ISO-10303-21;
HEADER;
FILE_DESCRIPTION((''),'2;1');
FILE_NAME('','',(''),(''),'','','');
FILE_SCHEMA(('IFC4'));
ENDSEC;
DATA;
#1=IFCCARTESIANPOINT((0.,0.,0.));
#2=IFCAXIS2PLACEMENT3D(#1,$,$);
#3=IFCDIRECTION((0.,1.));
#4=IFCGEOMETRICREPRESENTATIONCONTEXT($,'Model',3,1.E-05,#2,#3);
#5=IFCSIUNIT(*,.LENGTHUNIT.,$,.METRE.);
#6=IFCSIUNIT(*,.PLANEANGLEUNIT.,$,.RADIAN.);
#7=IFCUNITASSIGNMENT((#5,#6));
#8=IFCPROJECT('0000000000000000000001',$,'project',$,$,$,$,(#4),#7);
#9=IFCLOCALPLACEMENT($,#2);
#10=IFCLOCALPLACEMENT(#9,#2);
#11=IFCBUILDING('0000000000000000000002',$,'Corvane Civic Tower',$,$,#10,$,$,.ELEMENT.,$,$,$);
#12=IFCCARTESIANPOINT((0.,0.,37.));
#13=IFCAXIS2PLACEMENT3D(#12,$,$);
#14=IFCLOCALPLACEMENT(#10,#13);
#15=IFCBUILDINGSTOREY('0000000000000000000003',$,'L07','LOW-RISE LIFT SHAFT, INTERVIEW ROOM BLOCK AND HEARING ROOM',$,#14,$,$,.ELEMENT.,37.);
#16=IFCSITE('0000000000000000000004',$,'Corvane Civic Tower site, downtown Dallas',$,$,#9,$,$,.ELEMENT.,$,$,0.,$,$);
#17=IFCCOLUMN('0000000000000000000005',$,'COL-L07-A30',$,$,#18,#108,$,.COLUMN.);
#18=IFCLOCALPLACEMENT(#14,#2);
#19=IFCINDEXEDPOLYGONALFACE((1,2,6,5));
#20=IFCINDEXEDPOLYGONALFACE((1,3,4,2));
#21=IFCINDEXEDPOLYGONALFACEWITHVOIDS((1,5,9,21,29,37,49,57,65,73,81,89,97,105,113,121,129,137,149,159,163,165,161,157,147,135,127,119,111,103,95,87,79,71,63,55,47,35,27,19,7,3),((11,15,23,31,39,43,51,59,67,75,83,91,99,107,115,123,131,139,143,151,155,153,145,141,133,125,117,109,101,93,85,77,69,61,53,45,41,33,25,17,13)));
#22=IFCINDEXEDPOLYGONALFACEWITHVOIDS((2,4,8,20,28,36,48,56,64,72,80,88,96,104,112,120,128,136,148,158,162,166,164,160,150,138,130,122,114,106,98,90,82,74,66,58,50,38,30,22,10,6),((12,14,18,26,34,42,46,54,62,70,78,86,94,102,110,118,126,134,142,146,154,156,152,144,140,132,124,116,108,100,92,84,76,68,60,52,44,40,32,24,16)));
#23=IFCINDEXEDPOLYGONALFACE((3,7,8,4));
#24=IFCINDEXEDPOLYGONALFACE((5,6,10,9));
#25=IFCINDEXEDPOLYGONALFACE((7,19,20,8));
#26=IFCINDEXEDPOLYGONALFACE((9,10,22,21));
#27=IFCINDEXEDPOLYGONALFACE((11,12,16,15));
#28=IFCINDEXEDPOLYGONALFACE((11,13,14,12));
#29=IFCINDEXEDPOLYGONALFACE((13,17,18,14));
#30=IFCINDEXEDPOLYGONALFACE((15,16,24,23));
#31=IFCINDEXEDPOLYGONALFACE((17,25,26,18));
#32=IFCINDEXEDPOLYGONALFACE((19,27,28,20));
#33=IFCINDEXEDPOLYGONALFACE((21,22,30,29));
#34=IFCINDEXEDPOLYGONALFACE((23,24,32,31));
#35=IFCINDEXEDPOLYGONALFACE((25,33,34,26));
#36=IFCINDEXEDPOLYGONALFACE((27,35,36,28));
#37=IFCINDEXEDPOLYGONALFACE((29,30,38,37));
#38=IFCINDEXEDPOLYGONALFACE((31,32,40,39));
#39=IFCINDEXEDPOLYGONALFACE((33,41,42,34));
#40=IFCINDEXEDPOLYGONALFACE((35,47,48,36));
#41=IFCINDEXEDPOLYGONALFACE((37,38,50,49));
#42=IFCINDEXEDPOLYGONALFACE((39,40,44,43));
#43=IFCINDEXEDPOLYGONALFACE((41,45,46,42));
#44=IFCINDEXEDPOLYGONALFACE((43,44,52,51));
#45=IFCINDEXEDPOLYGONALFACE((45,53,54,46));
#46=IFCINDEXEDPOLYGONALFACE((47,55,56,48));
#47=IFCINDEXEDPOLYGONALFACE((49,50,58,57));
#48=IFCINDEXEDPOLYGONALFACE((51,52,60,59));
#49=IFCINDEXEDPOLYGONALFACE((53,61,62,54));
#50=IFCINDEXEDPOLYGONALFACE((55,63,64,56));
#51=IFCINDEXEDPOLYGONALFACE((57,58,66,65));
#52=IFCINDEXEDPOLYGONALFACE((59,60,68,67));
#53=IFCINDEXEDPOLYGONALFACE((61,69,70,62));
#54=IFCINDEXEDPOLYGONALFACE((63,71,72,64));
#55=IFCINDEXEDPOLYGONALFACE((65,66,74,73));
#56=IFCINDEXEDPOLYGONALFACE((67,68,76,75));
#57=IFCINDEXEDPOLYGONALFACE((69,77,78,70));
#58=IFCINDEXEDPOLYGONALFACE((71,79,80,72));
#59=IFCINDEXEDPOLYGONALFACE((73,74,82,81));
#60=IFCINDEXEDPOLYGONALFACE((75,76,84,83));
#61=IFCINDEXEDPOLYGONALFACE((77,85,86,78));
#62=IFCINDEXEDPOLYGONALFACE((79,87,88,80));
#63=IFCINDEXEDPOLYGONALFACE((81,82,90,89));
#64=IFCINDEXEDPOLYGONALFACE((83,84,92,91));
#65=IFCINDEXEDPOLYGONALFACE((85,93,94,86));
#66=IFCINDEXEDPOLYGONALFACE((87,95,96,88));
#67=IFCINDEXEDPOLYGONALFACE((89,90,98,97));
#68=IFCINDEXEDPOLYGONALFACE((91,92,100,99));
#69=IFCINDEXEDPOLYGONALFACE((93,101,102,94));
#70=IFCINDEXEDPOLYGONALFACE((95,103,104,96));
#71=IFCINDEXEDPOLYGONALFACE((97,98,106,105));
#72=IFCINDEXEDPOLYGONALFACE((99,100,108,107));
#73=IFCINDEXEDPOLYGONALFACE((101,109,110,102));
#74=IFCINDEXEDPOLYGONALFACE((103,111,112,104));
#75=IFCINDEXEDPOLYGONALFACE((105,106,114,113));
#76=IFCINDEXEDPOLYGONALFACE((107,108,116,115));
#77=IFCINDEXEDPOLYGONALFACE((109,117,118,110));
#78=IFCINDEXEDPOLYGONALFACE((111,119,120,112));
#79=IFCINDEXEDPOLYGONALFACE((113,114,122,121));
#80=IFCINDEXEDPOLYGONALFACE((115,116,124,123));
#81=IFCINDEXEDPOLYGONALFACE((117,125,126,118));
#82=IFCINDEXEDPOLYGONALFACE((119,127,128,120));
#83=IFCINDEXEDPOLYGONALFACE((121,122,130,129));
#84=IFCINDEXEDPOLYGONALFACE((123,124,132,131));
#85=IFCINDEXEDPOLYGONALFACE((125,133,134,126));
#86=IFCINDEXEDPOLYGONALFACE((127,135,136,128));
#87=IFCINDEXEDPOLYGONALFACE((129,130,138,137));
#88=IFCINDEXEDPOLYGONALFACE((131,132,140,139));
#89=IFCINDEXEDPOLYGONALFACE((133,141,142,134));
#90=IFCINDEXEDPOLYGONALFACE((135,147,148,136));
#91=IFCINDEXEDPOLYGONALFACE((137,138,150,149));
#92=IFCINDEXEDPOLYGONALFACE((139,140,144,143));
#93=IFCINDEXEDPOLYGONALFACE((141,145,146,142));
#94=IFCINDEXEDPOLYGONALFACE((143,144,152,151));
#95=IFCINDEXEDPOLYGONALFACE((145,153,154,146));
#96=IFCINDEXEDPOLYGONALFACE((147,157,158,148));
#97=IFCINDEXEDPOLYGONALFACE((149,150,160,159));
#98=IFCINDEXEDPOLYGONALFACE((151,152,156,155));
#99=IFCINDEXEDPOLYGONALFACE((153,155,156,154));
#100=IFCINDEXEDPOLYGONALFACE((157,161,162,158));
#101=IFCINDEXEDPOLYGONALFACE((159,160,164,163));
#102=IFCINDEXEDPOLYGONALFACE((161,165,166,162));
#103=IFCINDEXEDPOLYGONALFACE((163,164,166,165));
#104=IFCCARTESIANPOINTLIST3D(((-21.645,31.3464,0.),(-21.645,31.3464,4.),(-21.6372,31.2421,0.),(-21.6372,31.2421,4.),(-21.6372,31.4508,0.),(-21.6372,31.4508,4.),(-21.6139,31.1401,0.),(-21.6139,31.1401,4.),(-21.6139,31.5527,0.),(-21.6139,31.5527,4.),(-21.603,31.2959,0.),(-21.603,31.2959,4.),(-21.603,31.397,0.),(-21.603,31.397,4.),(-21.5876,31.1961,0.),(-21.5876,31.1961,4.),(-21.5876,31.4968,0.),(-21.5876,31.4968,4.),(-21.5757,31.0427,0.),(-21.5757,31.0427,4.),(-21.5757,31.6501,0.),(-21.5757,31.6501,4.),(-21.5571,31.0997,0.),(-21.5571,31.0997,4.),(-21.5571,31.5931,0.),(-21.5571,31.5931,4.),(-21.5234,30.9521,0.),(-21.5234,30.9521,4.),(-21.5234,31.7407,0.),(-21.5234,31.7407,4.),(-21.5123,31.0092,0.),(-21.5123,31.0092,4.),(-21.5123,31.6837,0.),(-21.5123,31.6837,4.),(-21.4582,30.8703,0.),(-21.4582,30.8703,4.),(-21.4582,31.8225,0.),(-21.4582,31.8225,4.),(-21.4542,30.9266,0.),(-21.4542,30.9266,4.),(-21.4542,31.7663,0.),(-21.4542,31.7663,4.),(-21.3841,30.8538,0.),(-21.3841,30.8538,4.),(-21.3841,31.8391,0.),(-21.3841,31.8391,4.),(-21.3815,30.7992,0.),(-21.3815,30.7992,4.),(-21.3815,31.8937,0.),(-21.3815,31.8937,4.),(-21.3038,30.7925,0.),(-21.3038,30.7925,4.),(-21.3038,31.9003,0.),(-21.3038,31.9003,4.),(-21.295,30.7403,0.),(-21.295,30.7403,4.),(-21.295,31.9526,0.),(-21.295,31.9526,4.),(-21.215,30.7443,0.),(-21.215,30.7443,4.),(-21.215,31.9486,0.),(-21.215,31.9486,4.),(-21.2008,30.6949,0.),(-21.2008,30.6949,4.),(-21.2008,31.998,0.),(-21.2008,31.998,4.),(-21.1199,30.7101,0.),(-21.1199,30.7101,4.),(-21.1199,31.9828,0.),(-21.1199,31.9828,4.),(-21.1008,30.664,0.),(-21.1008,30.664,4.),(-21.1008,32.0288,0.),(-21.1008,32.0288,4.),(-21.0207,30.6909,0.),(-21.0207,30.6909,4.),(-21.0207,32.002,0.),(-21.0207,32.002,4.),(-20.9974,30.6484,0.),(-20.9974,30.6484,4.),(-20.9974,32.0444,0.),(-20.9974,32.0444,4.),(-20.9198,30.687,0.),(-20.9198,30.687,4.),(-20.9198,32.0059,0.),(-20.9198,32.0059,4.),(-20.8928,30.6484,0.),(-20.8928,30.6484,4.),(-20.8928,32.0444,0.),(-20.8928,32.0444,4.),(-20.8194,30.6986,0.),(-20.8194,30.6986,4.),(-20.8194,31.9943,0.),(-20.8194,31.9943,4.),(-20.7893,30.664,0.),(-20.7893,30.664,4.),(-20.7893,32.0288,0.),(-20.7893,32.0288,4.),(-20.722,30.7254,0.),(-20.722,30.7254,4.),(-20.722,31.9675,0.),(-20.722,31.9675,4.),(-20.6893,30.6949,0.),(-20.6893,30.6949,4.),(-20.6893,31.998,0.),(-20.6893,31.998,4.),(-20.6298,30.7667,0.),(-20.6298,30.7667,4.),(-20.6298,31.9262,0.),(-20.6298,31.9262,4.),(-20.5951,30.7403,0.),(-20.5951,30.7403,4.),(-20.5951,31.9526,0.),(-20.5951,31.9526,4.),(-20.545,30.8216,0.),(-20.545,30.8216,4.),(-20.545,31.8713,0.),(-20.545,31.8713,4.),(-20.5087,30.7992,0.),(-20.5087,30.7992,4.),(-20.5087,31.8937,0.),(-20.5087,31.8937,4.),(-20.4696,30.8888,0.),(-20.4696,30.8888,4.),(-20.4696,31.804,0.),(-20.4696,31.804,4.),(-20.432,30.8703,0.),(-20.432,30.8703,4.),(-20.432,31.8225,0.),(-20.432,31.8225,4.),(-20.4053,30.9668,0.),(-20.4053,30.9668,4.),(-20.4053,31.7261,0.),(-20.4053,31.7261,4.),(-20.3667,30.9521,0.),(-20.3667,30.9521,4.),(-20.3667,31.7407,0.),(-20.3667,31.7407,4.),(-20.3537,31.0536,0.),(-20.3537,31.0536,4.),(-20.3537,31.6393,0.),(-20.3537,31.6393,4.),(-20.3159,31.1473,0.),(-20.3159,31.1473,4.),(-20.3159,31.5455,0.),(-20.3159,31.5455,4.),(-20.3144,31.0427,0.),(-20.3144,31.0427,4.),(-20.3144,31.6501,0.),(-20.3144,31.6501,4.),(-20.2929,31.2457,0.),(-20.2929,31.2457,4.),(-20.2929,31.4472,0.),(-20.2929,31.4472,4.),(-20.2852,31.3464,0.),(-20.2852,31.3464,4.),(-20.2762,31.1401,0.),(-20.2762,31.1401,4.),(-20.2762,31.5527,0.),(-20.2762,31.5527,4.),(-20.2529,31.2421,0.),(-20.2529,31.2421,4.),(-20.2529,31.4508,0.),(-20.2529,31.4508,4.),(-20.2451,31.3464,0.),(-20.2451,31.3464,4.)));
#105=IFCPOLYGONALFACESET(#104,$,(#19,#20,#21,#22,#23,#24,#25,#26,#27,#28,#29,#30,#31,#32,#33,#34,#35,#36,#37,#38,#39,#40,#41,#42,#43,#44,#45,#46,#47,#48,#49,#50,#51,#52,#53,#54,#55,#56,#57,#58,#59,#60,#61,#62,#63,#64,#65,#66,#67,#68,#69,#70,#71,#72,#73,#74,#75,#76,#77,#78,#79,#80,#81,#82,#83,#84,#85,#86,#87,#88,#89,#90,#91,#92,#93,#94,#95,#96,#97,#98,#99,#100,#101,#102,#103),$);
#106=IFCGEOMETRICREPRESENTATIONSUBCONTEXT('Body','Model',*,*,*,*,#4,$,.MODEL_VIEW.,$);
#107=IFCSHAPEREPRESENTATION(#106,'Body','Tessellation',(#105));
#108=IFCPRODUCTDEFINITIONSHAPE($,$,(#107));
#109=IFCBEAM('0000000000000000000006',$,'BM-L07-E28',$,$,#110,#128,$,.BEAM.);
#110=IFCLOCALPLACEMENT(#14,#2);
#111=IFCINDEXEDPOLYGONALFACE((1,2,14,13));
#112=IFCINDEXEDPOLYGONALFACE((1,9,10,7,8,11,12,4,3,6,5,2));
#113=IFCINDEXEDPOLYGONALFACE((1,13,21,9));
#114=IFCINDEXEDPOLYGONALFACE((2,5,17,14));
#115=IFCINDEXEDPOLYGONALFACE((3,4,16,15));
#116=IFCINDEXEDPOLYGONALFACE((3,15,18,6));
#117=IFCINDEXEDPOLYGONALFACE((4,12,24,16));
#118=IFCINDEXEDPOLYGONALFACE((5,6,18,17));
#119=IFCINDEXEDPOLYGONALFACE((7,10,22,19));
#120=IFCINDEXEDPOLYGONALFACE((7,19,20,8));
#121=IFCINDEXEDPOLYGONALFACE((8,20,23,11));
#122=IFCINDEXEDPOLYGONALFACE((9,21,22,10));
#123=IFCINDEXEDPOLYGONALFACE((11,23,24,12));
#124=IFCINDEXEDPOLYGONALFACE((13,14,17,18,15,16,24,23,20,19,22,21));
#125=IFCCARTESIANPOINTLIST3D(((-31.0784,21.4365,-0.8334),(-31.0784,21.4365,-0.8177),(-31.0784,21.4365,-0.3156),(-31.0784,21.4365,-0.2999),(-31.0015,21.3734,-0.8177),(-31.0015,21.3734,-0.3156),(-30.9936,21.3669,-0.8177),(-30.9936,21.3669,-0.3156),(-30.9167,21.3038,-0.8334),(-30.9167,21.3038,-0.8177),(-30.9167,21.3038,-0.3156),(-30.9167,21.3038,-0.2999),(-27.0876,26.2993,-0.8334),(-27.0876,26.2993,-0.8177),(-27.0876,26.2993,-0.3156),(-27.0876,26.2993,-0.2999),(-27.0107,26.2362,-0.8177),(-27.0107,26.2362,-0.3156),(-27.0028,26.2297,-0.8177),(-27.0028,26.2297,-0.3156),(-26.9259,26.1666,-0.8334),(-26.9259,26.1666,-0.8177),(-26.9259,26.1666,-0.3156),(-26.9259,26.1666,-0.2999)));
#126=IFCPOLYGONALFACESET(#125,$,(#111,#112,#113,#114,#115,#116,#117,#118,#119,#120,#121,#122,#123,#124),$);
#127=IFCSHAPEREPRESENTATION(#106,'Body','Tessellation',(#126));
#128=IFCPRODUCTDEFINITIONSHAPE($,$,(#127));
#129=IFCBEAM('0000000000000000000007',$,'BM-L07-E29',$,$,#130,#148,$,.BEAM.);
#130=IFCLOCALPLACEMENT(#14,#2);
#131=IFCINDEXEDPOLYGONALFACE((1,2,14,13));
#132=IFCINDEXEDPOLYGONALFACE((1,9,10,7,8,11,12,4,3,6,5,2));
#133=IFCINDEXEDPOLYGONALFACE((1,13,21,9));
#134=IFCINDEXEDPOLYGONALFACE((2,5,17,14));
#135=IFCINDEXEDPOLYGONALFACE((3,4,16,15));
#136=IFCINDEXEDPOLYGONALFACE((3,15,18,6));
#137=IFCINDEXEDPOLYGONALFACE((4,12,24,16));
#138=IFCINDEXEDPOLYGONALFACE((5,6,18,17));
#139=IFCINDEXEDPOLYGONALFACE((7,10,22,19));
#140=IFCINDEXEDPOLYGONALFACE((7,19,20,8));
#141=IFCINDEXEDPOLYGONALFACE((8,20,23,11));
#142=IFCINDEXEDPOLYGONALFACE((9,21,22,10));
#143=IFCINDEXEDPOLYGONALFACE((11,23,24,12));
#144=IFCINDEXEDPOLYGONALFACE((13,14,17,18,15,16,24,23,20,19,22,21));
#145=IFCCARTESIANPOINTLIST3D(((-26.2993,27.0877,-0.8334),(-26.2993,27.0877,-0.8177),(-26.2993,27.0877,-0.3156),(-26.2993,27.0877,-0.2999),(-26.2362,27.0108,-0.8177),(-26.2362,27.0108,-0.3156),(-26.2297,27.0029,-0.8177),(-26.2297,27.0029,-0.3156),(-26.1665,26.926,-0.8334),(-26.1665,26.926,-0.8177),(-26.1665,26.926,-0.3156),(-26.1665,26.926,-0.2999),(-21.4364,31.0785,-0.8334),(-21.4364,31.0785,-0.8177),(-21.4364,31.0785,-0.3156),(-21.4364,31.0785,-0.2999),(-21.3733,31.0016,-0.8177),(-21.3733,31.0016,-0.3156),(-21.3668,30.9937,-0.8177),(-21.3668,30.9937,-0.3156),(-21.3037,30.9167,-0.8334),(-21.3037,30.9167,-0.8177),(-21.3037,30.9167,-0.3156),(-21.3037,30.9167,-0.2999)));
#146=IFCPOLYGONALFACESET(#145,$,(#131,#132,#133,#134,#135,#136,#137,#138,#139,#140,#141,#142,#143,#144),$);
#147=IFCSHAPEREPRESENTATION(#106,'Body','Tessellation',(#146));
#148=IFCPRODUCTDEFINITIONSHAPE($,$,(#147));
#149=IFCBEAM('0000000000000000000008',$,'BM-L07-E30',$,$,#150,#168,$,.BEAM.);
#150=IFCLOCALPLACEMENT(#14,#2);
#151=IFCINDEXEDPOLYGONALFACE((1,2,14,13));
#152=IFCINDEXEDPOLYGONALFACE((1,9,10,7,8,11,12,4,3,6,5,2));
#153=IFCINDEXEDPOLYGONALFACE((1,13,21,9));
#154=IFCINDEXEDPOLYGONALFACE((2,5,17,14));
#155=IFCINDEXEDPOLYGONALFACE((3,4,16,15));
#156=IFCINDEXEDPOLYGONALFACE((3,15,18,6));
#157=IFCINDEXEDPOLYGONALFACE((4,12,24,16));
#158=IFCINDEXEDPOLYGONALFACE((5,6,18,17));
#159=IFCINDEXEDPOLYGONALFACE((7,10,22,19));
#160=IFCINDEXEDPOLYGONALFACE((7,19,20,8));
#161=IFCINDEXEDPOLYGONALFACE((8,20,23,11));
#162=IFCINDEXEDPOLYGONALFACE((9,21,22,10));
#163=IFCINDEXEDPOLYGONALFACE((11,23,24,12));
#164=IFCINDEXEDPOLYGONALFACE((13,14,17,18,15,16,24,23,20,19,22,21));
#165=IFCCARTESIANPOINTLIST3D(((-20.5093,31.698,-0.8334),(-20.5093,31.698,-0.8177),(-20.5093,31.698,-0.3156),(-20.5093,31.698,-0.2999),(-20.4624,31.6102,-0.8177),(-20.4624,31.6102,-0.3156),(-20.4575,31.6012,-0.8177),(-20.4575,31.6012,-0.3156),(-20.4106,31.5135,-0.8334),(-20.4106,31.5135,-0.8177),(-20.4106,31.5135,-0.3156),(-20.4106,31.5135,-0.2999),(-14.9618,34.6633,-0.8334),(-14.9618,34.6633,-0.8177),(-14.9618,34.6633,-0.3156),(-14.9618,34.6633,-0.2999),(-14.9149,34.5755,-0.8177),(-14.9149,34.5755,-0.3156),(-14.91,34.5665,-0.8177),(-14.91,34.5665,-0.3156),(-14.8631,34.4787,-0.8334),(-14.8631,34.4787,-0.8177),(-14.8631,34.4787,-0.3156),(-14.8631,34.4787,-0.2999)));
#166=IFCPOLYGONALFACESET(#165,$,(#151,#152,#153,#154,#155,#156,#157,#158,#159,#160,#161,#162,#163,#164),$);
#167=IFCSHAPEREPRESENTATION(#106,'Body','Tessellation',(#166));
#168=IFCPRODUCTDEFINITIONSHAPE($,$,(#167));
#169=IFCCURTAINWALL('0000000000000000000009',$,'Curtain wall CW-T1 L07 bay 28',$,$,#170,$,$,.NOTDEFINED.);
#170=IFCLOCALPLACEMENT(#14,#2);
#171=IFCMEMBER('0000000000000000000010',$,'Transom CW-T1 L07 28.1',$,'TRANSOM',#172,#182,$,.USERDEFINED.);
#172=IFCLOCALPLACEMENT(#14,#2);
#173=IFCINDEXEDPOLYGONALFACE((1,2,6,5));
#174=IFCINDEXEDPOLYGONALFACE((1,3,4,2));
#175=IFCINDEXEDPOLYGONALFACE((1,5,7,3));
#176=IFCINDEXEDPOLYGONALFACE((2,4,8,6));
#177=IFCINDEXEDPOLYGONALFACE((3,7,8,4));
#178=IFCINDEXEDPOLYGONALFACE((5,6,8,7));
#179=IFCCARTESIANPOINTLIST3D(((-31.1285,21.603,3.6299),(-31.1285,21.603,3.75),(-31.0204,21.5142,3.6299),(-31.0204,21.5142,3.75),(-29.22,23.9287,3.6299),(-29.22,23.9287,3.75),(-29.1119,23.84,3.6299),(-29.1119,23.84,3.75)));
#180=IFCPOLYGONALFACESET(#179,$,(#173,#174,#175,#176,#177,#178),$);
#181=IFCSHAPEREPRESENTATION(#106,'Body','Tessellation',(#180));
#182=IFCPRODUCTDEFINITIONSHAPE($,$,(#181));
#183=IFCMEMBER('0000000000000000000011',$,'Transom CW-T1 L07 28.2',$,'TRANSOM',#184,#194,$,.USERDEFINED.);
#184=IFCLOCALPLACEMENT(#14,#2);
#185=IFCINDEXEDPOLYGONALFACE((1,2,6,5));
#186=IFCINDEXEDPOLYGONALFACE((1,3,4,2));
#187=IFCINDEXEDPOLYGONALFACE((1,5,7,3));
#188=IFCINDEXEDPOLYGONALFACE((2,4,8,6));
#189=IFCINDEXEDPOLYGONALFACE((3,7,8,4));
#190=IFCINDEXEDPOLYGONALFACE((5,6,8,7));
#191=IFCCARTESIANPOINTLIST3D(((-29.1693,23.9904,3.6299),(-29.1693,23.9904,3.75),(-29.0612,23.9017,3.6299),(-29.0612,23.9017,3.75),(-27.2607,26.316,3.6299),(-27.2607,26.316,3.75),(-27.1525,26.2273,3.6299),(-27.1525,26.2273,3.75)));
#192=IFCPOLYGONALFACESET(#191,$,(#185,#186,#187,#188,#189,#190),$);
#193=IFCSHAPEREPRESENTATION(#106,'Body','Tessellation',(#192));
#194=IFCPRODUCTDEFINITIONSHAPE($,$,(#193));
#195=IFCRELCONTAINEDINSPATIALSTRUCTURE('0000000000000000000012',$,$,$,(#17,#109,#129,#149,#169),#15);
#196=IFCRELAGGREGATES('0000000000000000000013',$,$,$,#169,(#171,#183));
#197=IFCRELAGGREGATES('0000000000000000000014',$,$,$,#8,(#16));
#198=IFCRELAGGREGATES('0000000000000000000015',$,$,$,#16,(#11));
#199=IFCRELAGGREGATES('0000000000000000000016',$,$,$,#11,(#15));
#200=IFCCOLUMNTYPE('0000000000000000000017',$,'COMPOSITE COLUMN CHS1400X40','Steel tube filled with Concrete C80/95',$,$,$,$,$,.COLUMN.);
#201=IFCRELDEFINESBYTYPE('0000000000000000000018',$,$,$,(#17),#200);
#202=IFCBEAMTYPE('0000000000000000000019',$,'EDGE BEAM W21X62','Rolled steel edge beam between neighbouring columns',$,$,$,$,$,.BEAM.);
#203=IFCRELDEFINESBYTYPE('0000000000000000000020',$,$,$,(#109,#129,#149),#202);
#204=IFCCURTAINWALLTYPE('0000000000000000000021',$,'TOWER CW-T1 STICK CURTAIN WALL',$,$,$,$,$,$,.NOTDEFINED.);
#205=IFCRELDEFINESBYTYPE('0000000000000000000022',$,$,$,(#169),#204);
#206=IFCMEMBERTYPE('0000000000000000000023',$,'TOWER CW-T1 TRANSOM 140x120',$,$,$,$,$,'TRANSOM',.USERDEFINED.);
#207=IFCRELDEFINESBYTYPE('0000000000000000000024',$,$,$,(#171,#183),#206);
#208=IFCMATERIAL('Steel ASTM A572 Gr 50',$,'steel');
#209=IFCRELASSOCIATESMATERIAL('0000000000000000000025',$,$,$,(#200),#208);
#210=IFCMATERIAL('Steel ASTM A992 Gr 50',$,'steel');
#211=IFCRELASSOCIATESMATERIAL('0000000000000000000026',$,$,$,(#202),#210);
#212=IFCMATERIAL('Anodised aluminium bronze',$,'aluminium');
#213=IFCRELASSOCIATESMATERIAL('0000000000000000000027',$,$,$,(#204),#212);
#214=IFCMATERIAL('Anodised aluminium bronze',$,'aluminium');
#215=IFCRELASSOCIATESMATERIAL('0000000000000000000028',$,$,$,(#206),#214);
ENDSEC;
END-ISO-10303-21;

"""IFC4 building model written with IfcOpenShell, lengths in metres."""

from ifc_helpers import new_model, si_unit, direction, frame, origin, origin_2d, place, context, subcontext, project, spatial, rectangle, hollow_circle, i_section, extrude, material, material_profile, profile_set, type_object, element, aggregate, save


model = new_model("IFC4")

# Units and contexts
model_context = context("Model", 3, precision=1e-05, world=origin(), true_north=direction((0.0, 1.0)))
body_context = subcontext(model_context, "Body", "Model", "MODEL_VIEW")
ifc_project = project(units=[si_unit("LENGTHUNIT", "METRE"), si_unit("PLANEANGLEUNIT", "RADIAN")], contexts=[model_context])

# Site, building, storey
site_placement = place(None, origin())
site = spatial("IfcSite", under=ifc_project, at=site_placement, Name="Corvane Civic Tower site, downtown Dallas", CompositionType="ELEMENT", RefElevation=0.0)
building_placement = place(site_placement, origin())
building = spatial("IfcBuilding", under=site, at=building_placement, Name="Corvane Civic Tower", CompositionType="ELEMENT")
storey_placement = place(building_placement, frame((0.0, 0.0, 37.0)))
storey = spatial("IfcBuildingStorey", under=building, at=storey_placement, Name="L07", Description="LOW-RISE LIFT SHAFT, INTERVIEW ROOM BLOCK AND HEARING ROOM", CompositionType="ELEMENT", Elevation=37.0)

# Column
ifc_material_1 = material(Name="Steel ASTM A572 Gr 50", Category="steel")
ifc_material_profile_1 = material_profile(ifc_material_1, hollow_circle(Radius=0.7, WallThickness=0.04, at=origin_2d()), Name="CHS1400X40")
ifc_profile_set_1 = profile_set([ifc_material_profile_1], Name="Steel ASTM A572 Gr 50")
column_type = type_object("IfcColumnType", Name="COMPOSITE COLUMN CHS1400X40", Description="Steel tube filled with Concrete C80/95", PredefinedType="COLUMN", material=ifc_profile_set_1)
for number, where, z_axis, x_axis, name in (
    (1, (-20.9451, 31.3464, 0.0), (0.0, 0.0, 1.0), (1.0, 0.0, 0.0), "COL-L07-A30"),
):
    element("IfcColumn", number, at=place(storey_placement, frame(where, z_axis=z_axis, x_axis=x_axis)), inside=storey, type_object=column_type, Name=name, PredefinedType="COLUMN", context=body_context, shape_type="SweptSolid", body=[
        extrude(hollow_circle(Radius=0.7, WallThickness=0.04, at=origin_2d()), origin(), (0.0, 0.0, 1.0), 4.0),
    ])

# Beams
ifc_material_2 = material(Name="Steel ASTM A992 Gr 50", Category="steel")
ifc_material_profile_2 = material_profile(ifc_material_2, i_section(OverallWidth=0.2092, OverallDepth=0.5334, WebThickness=0.0103, FlangeThickness=0.0156, at=origin_2d()), Name="W21X62")
ifc_profile_set_2 = profile_set([ifc_material_profile_2], Name="Steel ASTM A992 Gr 50")
beam_type = type_object("IfcBeamType", Name="EDGE BEAM W21X62", Description="Rolled steel edge beam between neighbouring columns", PredefinedType="BEAM", material=ifc_profile_set_2)
for number, where, z_axis, x_axis, name in (
    (2, (-30.9976, 21.3701, -0.5667), (0.634387, 0.773016, 0.0), (-0.773016, 0.634387, 0.0), "BM-L07-E28"),
    (3, (-26.2329, 27.0068, -0.5667), (0.773016, 0.634387, 0.0), (-0.634387, 0.773016, 0.0), "BM-L07-E29"),
):
    element("IfcBeam", number, at=place(storey_placement, frame(where, z_axis=z_axis, x_axis=x_axis)), inside=storey, type_object=beam_type, Name=name, PredefinedType="BEAM", context=body_context, shape_type="SweptSolid", body=[
        extrude(i_section(OverallWidth=0.2092, OverallDepth=0.5334, WebThickness=0.0103, FlangeThickness=0.0156, at=origin_2d()), origin(), (0.0, 0.0, 1.0), 6.2908),
    ])
beam_placement = place(storey_placement, frame((-20.46, 31.6057, -0.5667), z_axis=(0.881916, 0.471406, 0.0), x_axis=(-0.471406, 0.881916, 0.0)))
element("IfcBeam", 4, at=beam_placement, inside=storey, type_object=beam_type, Name="BM-L07-E30", PredefinedType="BEAM", context=body_context, shape_type="SweptSolid", body=[
    extrude(i_section(OverallWidth=0.2092, OverallDepth=0.5334, WebThickness=0.0103, FlangeThickness=0.0156, at=origin_2d()), origin(), (0.0, 0.0, 1.0), 6.2903),
])

# Curtain wall, members
ifc_material_3 = material(Name="Anodised aluminium bronze", Category="aluminium")
curtain_wall_type = type_object("IfcCurtainWallType", Name="TOWER CW-T1 STICK CURTAIN WALL", PredefinedType="NOTDEFINED", material=ifc_material_3)
curtain_wall_1_placement = place(storey_placement, origin())
curtain_wall_1 = element("IfcCurtainWall", 5, at=curtain_wall_1_placement, inside=storey, type_object=curtain_wall_type, Name="Curtain wall CW-T1 L07 bay 28", PredefinedType="NOTDEFINED")
ifc_material_4 = material(Name="Anodised aluminium bronze", Category="aluminium")
ifc_material_profile_3 = material_profile(ifc_material_4, rectangle(XDim=0.1399, YDim=0.1201, at=origin_2d()), Name="TOWER CW-T1 TRANSOM 140x120")
ifc_profile_set_3 = profile_set([ifc_material_profile_3], Name="Anodised aluminium bronze")
member_type_1 = type_object("IfcMemberType", Name="TOWER CW-T1 TRANSOM 140x120", ElementType="TRANSOM", PredefinedType="USERDEFINED", material=ifc_profile_set_3)
member_1_placement = place(storey_placement, frame((-31.0745, 21.5586, 3.6899), z_axis=(0.634355, 0.773042, 0.0), x_axis=(-0.773042, 0.634355, 0.0)))
member_1 = element("IfcMember", 6, at=member_1_placement, type_object=member_type_1, Name="Transom CW-T1 L07 28.1", ObjectType="TRANSOM", PredefinedType="USERDEFINED", context=body_context, shape_type="SweptSolid", body=[
    extrude(rectangle(XDim=0.1399, YDim=0.1201, at=origin_2d()), origin(), (0.0, 0.0, 1.0), 3.0085),
])
member_2_placement = place(storey_placement, frame((-29.1152, 23.946, 3.6899), z_axis=(0.634404, 0.773002, 0.0), x_axis=(-0.773002, 0.634404, 0.0)))
member_2 = element("IfcMember", 7, at=member_2_placement, type_object=member_type_1, Name="Transom CW-T1 L07 28.2", ObjectType="TRANSOM", PredefinedType="USERDEFINED", context=body_context, shape_type="SweptSolid", body=[
    extrude(rectangle(XDim=0.1399, YDim=0.1201, at=origin_2d()), origin(), (0.0, 0.0, 1.0), 3.0085),
])

aggregate(curtain_wall_1, [member_1, member_2])

save(model, "model.ifc")
